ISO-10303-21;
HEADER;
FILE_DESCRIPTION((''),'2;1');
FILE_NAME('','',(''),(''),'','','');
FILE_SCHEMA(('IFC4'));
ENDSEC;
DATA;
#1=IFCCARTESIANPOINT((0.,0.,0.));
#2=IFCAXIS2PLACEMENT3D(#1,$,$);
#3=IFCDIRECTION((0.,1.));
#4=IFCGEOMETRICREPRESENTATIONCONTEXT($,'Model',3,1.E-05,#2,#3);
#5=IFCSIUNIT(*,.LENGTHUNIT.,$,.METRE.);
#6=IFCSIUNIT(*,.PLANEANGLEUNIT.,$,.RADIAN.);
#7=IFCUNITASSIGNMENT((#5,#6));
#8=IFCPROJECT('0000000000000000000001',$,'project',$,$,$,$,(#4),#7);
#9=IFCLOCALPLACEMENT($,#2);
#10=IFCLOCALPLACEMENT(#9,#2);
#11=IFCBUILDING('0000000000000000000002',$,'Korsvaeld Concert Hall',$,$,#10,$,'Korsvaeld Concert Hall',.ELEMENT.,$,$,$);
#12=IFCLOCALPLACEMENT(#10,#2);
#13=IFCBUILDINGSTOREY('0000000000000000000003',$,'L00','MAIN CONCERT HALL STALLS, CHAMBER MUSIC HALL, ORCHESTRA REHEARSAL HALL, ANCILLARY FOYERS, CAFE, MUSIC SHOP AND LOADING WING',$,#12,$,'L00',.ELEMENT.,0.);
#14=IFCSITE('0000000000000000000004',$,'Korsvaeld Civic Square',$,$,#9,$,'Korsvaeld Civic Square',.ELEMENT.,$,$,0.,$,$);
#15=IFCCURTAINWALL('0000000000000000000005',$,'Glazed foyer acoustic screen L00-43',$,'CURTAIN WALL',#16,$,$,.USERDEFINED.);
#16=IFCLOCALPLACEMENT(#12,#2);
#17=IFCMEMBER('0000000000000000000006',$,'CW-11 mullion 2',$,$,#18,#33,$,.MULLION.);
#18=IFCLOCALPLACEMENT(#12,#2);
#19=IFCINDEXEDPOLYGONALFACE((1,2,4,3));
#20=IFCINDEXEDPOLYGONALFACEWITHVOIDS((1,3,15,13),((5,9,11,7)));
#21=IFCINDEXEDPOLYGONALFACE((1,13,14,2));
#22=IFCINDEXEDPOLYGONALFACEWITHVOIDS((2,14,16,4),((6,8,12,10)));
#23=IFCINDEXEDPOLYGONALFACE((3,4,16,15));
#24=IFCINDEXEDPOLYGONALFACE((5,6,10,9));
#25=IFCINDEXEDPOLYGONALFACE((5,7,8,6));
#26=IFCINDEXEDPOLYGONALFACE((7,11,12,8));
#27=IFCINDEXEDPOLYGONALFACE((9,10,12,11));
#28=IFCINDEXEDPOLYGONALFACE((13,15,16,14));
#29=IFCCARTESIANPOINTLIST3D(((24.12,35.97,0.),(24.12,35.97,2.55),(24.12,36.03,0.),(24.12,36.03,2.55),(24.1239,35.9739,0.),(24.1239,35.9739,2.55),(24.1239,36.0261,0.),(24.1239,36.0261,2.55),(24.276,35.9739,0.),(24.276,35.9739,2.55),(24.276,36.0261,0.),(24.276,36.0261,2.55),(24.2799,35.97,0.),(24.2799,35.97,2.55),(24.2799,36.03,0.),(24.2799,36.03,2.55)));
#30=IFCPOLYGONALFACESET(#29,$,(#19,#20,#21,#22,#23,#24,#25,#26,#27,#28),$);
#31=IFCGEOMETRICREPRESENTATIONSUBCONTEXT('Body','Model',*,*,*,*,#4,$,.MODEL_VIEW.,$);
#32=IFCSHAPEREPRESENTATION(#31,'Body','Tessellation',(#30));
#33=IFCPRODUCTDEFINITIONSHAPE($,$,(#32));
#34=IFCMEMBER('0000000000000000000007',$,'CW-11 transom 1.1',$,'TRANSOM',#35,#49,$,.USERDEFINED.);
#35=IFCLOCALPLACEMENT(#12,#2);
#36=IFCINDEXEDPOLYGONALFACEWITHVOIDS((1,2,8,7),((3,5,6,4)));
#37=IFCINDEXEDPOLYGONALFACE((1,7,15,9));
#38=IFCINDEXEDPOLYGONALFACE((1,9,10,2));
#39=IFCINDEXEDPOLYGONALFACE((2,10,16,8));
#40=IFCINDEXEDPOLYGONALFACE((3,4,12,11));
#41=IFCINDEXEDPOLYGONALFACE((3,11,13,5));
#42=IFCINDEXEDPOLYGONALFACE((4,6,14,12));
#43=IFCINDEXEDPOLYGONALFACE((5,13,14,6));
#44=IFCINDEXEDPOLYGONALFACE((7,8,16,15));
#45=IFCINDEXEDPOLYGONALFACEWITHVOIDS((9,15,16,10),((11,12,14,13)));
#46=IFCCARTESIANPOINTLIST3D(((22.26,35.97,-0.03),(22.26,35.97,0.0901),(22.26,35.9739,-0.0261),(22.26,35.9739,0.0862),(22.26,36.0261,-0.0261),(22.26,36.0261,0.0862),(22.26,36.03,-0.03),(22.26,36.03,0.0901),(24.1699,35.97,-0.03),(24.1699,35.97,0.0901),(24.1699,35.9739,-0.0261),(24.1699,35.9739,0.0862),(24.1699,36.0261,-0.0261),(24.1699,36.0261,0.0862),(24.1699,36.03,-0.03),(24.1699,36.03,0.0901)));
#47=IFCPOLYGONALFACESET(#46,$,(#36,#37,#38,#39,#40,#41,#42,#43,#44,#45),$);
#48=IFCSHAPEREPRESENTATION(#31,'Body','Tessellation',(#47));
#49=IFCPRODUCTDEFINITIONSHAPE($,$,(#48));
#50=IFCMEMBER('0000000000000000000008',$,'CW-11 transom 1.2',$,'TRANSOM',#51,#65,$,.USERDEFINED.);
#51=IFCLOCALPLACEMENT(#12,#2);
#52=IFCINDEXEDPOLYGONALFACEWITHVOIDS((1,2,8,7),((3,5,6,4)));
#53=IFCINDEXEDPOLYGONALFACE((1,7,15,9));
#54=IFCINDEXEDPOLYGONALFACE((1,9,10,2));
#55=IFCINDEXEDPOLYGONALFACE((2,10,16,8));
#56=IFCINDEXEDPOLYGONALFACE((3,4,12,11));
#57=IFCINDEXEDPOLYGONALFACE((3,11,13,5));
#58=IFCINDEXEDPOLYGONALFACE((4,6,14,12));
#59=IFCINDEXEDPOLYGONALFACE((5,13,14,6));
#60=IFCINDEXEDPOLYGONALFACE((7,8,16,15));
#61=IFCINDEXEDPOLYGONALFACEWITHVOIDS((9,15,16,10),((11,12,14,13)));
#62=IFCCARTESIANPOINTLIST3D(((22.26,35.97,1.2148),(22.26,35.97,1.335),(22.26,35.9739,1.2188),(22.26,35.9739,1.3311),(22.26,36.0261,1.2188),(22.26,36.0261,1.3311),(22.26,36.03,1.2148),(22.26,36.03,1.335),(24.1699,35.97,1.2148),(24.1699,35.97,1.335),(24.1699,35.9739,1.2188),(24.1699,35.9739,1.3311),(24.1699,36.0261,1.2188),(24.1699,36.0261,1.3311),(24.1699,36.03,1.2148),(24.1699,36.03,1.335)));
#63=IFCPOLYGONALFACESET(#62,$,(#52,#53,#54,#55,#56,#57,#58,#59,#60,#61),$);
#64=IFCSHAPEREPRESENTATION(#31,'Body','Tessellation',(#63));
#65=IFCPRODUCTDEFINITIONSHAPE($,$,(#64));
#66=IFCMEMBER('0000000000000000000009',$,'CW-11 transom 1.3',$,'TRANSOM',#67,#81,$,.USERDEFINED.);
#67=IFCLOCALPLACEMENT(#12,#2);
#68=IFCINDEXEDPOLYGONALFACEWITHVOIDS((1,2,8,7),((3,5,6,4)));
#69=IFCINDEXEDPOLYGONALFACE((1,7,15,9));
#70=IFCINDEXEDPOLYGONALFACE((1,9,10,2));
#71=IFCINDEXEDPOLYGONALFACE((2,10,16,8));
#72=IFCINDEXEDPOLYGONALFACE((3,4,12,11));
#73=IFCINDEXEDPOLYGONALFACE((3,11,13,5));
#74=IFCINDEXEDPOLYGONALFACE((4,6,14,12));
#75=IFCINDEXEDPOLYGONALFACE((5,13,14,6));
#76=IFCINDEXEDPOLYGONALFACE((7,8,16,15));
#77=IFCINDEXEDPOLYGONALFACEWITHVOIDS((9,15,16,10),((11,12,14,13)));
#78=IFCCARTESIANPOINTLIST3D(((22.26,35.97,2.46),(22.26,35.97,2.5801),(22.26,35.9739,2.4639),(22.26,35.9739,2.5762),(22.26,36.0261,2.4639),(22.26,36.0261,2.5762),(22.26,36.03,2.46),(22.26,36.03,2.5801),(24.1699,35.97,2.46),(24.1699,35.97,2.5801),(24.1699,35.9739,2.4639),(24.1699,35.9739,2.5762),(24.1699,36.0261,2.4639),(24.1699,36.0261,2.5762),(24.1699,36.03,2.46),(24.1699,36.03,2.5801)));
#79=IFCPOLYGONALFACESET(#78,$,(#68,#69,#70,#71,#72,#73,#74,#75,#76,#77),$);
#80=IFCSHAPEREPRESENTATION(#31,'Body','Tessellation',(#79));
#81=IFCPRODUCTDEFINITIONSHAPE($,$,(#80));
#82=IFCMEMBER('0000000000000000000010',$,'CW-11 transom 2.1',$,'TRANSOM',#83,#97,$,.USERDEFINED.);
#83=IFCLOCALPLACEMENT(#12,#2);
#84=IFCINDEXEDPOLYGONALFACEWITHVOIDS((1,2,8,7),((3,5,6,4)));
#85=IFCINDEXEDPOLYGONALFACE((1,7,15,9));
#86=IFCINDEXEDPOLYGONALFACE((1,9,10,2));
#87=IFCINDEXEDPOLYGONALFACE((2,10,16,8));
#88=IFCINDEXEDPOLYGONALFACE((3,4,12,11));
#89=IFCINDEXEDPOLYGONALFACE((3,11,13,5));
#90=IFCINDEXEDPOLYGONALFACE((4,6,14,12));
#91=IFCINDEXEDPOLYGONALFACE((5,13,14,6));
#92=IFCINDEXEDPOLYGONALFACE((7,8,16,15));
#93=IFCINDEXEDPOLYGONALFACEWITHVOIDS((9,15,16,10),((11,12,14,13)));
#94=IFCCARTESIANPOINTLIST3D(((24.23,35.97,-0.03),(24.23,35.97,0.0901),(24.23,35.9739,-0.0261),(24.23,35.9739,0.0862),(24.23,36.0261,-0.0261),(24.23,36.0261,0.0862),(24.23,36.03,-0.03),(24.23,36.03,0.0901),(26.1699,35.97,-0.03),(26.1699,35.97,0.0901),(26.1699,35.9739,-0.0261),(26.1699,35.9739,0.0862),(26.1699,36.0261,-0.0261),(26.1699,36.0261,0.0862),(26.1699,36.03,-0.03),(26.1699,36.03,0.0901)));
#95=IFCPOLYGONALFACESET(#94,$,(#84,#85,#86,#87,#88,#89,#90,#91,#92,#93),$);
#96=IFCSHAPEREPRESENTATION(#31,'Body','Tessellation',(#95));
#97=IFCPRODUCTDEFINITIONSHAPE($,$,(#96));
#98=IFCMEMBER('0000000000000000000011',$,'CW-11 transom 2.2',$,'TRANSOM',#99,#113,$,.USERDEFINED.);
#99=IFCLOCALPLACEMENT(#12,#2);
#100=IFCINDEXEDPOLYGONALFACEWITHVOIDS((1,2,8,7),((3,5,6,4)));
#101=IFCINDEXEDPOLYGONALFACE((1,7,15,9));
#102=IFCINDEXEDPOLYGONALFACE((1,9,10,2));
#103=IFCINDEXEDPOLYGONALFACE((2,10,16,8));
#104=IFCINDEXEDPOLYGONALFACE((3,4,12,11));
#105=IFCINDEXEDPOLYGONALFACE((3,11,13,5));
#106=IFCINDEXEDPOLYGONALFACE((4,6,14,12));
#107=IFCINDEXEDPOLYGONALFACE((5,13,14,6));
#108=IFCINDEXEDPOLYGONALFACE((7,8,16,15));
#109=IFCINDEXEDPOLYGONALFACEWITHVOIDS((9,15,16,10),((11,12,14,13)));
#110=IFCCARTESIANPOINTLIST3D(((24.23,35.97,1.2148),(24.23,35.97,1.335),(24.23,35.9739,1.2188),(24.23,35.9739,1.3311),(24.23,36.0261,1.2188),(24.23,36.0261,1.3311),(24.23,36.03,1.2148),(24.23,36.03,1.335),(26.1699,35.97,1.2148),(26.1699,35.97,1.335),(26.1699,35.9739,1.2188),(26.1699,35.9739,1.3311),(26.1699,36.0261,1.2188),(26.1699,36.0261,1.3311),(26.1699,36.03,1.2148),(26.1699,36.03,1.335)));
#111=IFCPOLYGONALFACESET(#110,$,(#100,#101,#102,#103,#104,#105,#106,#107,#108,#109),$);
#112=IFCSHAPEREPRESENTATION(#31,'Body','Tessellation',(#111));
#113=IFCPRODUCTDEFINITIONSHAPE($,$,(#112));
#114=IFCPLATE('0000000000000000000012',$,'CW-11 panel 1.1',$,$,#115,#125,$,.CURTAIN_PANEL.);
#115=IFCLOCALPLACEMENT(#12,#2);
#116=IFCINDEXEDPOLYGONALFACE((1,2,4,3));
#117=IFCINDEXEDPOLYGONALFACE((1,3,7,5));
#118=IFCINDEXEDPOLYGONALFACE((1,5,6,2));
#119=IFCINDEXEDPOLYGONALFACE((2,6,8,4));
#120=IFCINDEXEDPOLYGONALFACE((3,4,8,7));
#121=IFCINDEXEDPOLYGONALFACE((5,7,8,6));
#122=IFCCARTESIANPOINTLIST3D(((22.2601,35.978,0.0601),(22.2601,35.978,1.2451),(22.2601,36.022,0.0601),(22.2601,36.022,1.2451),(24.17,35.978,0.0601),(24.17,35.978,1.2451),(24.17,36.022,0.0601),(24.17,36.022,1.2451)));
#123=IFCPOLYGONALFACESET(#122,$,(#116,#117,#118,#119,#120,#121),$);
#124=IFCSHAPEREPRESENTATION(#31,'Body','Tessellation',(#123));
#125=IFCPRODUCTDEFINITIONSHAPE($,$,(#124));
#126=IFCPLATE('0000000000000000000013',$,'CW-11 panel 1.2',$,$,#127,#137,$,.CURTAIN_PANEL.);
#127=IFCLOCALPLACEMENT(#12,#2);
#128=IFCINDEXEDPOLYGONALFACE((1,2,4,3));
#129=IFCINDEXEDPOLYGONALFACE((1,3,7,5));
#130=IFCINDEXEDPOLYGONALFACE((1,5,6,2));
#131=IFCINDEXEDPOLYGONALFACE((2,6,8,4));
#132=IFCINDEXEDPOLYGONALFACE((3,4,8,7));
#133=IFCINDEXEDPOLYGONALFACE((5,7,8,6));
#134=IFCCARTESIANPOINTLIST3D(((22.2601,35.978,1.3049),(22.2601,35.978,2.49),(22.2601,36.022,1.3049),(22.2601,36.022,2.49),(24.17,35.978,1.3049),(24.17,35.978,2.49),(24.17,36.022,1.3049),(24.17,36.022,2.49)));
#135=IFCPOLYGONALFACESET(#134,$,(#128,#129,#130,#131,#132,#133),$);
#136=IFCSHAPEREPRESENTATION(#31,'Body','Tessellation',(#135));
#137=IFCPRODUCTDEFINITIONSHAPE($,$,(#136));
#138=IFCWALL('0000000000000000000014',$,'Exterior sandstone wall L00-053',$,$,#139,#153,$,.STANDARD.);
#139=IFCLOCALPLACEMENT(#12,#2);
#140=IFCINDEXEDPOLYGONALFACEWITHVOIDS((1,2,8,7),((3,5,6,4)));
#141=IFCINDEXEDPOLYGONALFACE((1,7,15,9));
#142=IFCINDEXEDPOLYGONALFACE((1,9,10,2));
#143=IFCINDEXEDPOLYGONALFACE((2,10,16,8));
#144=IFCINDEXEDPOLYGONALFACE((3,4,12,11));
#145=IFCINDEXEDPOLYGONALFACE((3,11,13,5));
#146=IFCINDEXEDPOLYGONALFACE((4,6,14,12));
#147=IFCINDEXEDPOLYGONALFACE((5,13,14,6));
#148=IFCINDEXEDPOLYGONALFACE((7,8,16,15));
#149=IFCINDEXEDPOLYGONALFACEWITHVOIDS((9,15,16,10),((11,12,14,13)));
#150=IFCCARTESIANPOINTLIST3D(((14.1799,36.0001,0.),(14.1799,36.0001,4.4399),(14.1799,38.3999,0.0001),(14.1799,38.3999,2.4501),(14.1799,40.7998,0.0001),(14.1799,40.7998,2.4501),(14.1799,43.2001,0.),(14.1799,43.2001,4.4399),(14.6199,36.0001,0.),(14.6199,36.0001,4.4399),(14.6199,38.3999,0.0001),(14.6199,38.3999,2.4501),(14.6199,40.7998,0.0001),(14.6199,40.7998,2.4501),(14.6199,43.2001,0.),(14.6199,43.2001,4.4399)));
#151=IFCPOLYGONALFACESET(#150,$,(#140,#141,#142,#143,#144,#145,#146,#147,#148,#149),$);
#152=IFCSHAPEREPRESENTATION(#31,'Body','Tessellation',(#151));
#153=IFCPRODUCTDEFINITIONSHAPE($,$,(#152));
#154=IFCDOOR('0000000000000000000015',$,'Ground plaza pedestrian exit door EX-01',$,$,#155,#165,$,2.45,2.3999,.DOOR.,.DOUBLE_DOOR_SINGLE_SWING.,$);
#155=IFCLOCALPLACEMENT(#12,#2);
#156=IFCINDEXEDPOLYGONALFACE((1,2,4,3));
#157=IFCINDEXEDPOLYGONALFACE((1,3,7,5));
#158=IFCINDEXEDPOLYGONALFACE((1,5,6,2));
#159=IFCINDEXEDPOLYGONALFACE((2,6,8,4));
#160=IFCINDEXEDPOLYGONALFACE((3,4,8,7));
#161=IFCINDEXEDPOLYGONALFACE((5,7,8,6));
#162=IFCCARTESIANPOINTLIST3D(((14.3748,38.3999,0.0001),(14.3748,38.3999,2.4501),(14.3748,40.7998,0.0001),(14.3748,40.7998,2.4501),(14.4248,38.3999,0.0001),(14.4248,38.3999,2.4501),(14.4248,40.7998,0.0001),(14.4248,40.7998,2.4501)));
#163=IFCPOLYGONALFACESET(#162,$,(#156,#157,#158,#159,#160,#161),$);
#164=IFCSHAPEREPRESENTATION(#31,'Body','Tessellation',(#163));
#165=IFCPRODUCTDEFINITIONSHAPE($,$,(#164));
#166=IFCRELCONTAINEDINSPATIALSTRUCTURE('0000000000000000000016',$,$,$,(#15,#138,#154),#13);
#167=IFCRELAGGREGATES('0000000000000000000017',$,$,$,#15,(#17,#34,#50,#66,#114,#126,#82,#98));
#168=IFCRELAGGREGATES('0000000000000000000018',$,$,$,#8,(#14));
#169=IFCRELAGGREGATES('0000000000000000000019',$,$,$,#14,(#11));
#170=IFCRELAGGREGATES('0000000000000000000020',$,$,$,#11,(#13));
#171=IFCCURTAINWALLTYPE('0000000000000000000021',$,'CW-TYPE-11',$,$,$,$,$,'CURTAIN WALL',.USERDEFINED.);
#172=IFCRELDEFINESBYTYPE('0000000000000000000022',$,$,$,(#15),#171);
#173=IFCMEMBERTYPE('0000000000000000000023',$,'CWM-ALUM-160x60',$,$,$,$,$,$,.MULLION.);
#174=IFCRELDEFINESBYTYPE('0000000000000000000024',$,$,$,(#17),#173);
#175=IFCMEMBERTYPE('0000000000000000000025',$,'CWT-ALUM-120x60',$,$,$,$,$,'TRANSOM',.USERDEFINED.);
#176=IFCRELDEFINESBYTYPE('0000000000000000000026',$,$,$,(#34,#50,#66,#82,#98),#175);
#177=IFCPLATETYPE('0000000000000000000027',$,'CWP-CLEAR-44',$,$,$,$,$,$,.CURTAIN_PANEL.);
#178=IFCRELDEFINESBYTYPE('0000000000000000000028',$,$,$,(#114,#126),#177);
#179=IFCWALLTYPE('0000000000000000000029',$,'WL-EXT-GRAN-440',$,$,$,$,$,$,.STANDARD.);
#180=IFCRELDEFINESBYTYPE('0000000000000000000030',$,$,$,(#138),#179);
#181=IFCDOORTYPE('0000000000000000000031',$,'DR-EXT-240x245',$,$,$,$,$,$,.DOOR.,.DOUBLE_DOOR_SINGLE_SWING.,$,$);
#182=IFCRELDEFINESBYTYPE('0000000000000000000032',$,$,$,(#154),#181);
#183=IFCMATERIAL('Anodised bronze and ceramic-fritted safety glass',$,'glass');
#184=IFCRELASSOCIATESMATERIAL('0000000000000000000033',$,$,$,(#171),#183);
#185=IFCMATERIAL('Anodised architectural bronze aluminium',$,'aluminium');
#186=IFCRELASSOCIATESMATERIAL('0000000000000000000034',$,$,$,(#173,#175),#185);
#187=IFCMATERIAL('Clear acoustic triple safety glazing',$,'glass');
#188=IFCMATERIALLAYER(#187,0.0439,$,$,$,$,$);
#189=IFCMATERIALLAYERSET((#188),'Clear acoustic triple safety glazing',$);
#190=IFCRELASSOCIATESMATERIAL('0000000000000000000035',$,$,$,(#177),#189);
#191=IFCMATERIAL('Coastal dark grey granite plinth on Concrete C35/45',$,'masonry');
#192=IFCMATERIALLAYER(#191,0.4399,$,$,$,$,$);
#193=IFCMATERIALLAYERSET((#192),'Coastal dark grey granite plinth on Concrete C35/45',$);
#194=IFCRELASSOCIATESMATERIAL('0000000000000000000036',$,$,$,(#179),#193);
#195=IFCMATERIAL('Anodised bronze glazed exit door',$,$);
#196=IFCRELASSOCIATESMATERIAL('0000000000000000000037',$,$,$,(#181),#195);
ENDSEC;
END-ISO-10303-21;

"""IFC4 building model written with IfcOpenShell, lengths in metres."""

from ifc_helpers import new_model, si_unit, direction, frame, frame_2d, origin, origin_2d, place, context, subcontext, project, spatial, rectangle, hollow_rectangle, extrude, material, layer, layer_set, material_profile, profile_set, type_object, element, fill, aggregate, save


model = new_model("IFC4")

# Units and contexts
model_context = context("Model", 3, precision=1e-05, world=origin(), true_north=direction((0.0, 1.0)))
body_context = subcontext(model_context, "Body", "Model", "MODEL_VIEW")
ifc_project = project(units=[si_unit("LENGTHUNIT", "METRE"), si_unit("PLANEANGLEUNIT", "RADIAN")], contexts=[model_context])

# Site, building, storey
site_placement = place(None, origin())
site = spatial("IfcSite", under=ifc_project, at=site_placement, Name="Korsvaeld Civic Square", LongName="Korsvaeld Civic Square", CompositionType="ELEMENT", RefElevation=0.0)
building_placement = place(site_placement, origin())
building = spatial("IfcBuilding", under=site, at=building_placement, Name="Korsvaeld Concert Hall", LongName="Korsvaeld Concert Hall", CompositionType="ELEMENT")
storey_placement = place(building_placement, origin())
storey = spatial("IfcBuildingStorey", under=building, at=storey_placement, Name="L00", Description="MAIN CONCERT HALL STALLS, CHAMBER MUSIC HALL, ORCHESTRA REHEARSAL HALL, ANCILLARY FOYERS, CAFE, MUSIC SHOP AND LOADING WING", LongName="L00", CompositionType="ELEMENT", Elevation=0.0)

# Curtain wall, members, plates
ifc_material_1 = material(Name="Anodised bronze and ceramic-fritted safety glass", Category="glass")
curtain_wall_type = type_object("IfcCurtainWallType", Name="CW-TYPE-11", ElementType="CURTAIN WALL", PredefinedType="USERDEFINED", material=ifc_material_1)
curtain_wall_placement = place(storey_placement, origin())
curtain_wall = element("IfcCurtainWall", 1, at=curtain_wall_placement, inside=storey, type_object=curtain_wall_type, Name="Glazed foyer acoustic screen L00-43", ObjectType="CURTAIN WALL", PredefinedType="USERDEFINED")
ifc_material_2 = material(Name="Anodised architectural bronze aluminium", Category="aluminium")
ifc_material_profile_1 = material_profile(ifc_material_2, hollow_rectangle(XDim=0.0601, YDim=0.1599, WallThickness=0.0039, at=origin_2d()), Name="CWM 160x60x4")
ifc_profile_set_1 = profile_set([ifc_material_profile_1], Name="Anodised architectural bronze aluminium")
member_type_1 = type_object("IfcMemberType", Name="CWM-ALUM-160x60", PredefinedType="MULLION", material=ifc_profile_set_1)
member_1_placement = place(storey_placement, frame((24.2, 36.0, 0.0), z_axis=(0.0, 0.0, 1.0), x_axis=(0.0, 1.0, 0.0)))
member_1 = element("IfcMember", 2, at=member_1_placement, type_object=member_type_1, Name="CW-11 mullion 2", PredefinedType="MULLION", context=body_context, shape_type="SweptSolid", body=[
    extrude(hollow_rectangle(XDim=0.0601, YDim=0.1599, WallThickness=0.0039, at=origin_2d()), origin(), (0.0, 0.0, 1.0), 2.55),
])
ifc_material_profile_2 = material_profile(ifc_material_2, hollow_rectangle(XDim=0.0601, YDim=0.1201, WallThickness=0.0039, at=origin_2d()), Name="CWT 120x60x4")
ifc_profile_set_2 = profile_set([ifc_material_profile_2], Name="Anodised architectural bronze aluminium")
member_type_2 = type_object("IfcMemberType", Name="CWT-ALUM-120x60", ElementType="TRANSOM", PredefinedType="USERDEFINED", material=ifc_profile_set_2)
member_2_placement = place(storey_placement, frame((22.26, 36.0, 0.03), z_axis=(1.0, 0.0, 0.0), x_axis=(0.0, 1.0, 0.0)))
member_2 = element("IfcMember", 3, at=member_2_placement, type_object=member_type_2, Name="CW-11 transom 1.1", ObjectType="TRANSOM", PredefinedType="USERDEFINED", context=body_context, shape_type="SweptSolid", body=[
    extrude(hollow_rectangle(XDim=0.0601, YDim=0.1201, WallThickness=0.0039, at=origin_2d()), origin(), (0.0, 0.0, 1.0), 1.9099),
])
member_3_placement = place(storey_placement, frame((22.26, 36.0, 1.2749), z_axis=(1.0, 0.0, 0.0), x_axis=(0.0, 1.0, 0.0)))
member_3 = element("IfcMember", 4, at=member_3_placement, type_object=member_type_2, Name="CW-11 transom 1.2", ObjectType="TRANSOM", PredefinedType="USERDEFINED", context=body_context, shape_type="SweptSolid", body=[
    extrude(hollow_rectangle(XDim=0.0601, YDim=0.1201, WallThickness=0.0039, at=origin_2d()), origin(), (0.0, 0.0, 1.0), 1.9099),
])
member_4_placement = place(storey_placement, frame((22.26, 36.0, 2.52), z_axis=(1.0, 0.0, 0.0), x_axis=(0.0, 1.0, 0.0)))
member_4 = element("IfcMember", 5, at=member_4_placement, type_object=member_type_2, Name="CW-11 transom 1.3", ObjectType="TRANSOM", PredefinedType="USERDEFINED", context=body_context, shape_type="SweptSolid", body=[
    extrude(hollow_rectangle(XDim=0.0601, YDim=0.1201, WallThickness=0.0039, at=origin_2d()), origin(), (0.0, 0.0, 1.0), 1.9099),
])
member_5_placement = place(storey_placement, frame((24.23, 36.0, 0.03), z_axis=(1.0, 0.0, 0.0), x_axis=(0.0, 1.0, 0.0)))
member_5 = element("IfcMember", 6, at=member_5_placement, type_object=member_type_2, Name="CW-11 transom 2.1", ObjectType="TRANSOM", PredefinedType="USERDEFINED", context=body_context, shape_type="SweptSolid", body=[
    extrude(hollow_rectangle(XDim=0.0601, YDim=0.1201, WallThickness=0.0039, at=origin_2d()), origin(), (0.0, 0.0, 1.0), 1.9399),
])
member_6_placement = place(storey_placement, frame((24.23, 36.0, 1.2749), z_axis=(1.0, 0.0, 0.0), x_axis=(0.0, 1.0, 0.0)))
member_6 = element("IfcMember", 7, at=member_6_placement, type_object=member_type_2, Name="CW-11 transom 2.2", ObjectType="TRANSOM", PredefinedType="USERDEFINED", context=body_context, shape_type="SweptSolid", body=[
    extrude(hollow_rectangle(XDim=0.0601, YDim=0.1201, WallThickness=0.0039, at=origin_2d()), origin(), (0.0, 0.0, 1.0), 1.9399),
])
ifc_material_3 = material(Name="Clear acoustic triple safety glazing", Category="glass")
ifc_layer_1 = layer(ifc_material_3, 0.0439)
ifc_layer_set_1 = layer_set([ifc_layer_1], Name="Clear acoustic triple safety glazing")
plate_type = type_object("IfcPlateType", Name="CWP-CLEAR-44", PredefinedType="CURTAIN_PANEL", material=ifc_layer_set_1)
plate_1_placement = place(storey_placement, frame((23.2151, 36.0, 0.0601), z_axis=(0.0, 0.0, 1.0), x_axis=(1.0, 0.0, 0.0)))
plate_1 = element("IfcPlate", 8, at=plate_1_placement, type_object=plate_type, Name="CW-11 panel 1.1", PredefinedType="CURTAIN_PANEL", context=body_context, shape_type="SweptSolid", body=[
    extrude(rectangle(XDim=1.9099, YDim=0.0439, at=origin_2d()), origin(), (0.0, 0.0, 1.0), 1.1851),
])
plate_2_placement = place(storey_placement, frame((23.2151, 36.0, 1.3049), z_axis=(0.0, 0.0, 1.0), x_axis=(1.0, 0.0, 0.0)))
plate_2 = element("IfcPlate", 9, at=plate_2_placement, type_object=plate_type, Name="CW-11 panel 1.2", PredefinedType="CURTAIN_PANEL", context=body_context, shape_type="SweptSolid", body=[
    extrude(rectangle(XDim=1.9099, YDim=0.0439, at=origin_2d()), origin(), (0.0, 0.0, 1.0), 1.1851),
])
aggregate(curtain_wall, [member_1, member_2, member_3, member_4, plate_1, plate_2, member_5, member_6])

# Wall, opening, door
ifc_material_4 = material(Name="Coastal dark grey granite plinth on Concrete C35/45", Category="masonry")
ifc_layer_2 = layer(ifc_material_4, 0.4399)
ifc_layer_set_2 = layer_set([ifc_layer_2], Name="Coastal dark grey granite plinth on Concrete C35/45")
wall_type = type_object("IfcWallType", Name="WL-EXT-GRAN-440", PredefinedType="STANDARD", material=ifc_layer_set_2)
wall_1_placement = place(storey_placement, frame((14.3999, 36.0, 0.0), z_axis=(0.0, 0.0, 1.0), x_axis=(0.0, 1.0, 0.0)))
wall_1 = element("IfcWall", 10, at=wall_1_placement, inside=storey, type_object=wall_type, Name="Exterior sandstone wall L00-053", PredefinedType="STANDARD", context=body_context, shape_type="SweptSolid", body=[
    extrude(rectangle(XDim=7.2, YDim=0.4399, at=frame_2d((3.6001, 0.0))), origin(), (0.0, 0.0, 1.0), 4.4399),
])
opening_1_placement = place(wall_1_placement, frame((2.3999, 0.0, 0.0)))
opening_1 = element("IfcOpeningElement", 11, at=opening_1_placement, cuts=wall_1, PredefinedType="OPENING", context=body_context, shape_type="SweptSolid", body=[
    extrude(rectangle(XDim=2.3999, YDim=2.45, at=frame_2d((1.2, 1.2251))), frame((0.0, 0.23, 0.0), z_axis=(0.0, -1.0, 0.0), x_axis=(1.0, 0.0, 0.0)), (0.0, 0.0, 1.0), 0.46),
])
ifc_material_5 = material(Name="Anodised bronze glazed exit door")
door_type = type_object("IfcDoorType", Name="DR-EXT-240x245", OperationType="DOUBLE_DOOR_SINGLE_SWING", PredefinedType="DOOR", material=ifc_material_5)
door_1_placement = place(opening_1_placement, frame((2.3999, 0.0, 0.0), z_axis=(0.0, 0.0, 1.0), x_axis=(-1.0, 0.0, 0.0)))
door_1 = element("IfcDoor", 12, at=door_1_placement, inside=storey, type_object=door_type, Name="Ground plaza pedestrian exit door EX-01", OperationType="DOUBLE_DOOR_SINGLE_SWING", OverallHeight=2.45, OverallWidth=2.3999, PredefinedType="DOOR", context=body_context, shape_type="SweptSolid", body=[
    extrude(rectangle(XDim=2.3999, YDim=2.45, at=frame_2d((1.2, 1.2251))), frame((0.0, 0.0249, 0.0), z_axis=(0.0, -1.0, 0.0), x_axis=(1.0, 0.0, 0.0)), (0.0, 0.0, 1.0), 0.05),
])
fill(opening_1, door_1)

save(model, "model.ifc")
